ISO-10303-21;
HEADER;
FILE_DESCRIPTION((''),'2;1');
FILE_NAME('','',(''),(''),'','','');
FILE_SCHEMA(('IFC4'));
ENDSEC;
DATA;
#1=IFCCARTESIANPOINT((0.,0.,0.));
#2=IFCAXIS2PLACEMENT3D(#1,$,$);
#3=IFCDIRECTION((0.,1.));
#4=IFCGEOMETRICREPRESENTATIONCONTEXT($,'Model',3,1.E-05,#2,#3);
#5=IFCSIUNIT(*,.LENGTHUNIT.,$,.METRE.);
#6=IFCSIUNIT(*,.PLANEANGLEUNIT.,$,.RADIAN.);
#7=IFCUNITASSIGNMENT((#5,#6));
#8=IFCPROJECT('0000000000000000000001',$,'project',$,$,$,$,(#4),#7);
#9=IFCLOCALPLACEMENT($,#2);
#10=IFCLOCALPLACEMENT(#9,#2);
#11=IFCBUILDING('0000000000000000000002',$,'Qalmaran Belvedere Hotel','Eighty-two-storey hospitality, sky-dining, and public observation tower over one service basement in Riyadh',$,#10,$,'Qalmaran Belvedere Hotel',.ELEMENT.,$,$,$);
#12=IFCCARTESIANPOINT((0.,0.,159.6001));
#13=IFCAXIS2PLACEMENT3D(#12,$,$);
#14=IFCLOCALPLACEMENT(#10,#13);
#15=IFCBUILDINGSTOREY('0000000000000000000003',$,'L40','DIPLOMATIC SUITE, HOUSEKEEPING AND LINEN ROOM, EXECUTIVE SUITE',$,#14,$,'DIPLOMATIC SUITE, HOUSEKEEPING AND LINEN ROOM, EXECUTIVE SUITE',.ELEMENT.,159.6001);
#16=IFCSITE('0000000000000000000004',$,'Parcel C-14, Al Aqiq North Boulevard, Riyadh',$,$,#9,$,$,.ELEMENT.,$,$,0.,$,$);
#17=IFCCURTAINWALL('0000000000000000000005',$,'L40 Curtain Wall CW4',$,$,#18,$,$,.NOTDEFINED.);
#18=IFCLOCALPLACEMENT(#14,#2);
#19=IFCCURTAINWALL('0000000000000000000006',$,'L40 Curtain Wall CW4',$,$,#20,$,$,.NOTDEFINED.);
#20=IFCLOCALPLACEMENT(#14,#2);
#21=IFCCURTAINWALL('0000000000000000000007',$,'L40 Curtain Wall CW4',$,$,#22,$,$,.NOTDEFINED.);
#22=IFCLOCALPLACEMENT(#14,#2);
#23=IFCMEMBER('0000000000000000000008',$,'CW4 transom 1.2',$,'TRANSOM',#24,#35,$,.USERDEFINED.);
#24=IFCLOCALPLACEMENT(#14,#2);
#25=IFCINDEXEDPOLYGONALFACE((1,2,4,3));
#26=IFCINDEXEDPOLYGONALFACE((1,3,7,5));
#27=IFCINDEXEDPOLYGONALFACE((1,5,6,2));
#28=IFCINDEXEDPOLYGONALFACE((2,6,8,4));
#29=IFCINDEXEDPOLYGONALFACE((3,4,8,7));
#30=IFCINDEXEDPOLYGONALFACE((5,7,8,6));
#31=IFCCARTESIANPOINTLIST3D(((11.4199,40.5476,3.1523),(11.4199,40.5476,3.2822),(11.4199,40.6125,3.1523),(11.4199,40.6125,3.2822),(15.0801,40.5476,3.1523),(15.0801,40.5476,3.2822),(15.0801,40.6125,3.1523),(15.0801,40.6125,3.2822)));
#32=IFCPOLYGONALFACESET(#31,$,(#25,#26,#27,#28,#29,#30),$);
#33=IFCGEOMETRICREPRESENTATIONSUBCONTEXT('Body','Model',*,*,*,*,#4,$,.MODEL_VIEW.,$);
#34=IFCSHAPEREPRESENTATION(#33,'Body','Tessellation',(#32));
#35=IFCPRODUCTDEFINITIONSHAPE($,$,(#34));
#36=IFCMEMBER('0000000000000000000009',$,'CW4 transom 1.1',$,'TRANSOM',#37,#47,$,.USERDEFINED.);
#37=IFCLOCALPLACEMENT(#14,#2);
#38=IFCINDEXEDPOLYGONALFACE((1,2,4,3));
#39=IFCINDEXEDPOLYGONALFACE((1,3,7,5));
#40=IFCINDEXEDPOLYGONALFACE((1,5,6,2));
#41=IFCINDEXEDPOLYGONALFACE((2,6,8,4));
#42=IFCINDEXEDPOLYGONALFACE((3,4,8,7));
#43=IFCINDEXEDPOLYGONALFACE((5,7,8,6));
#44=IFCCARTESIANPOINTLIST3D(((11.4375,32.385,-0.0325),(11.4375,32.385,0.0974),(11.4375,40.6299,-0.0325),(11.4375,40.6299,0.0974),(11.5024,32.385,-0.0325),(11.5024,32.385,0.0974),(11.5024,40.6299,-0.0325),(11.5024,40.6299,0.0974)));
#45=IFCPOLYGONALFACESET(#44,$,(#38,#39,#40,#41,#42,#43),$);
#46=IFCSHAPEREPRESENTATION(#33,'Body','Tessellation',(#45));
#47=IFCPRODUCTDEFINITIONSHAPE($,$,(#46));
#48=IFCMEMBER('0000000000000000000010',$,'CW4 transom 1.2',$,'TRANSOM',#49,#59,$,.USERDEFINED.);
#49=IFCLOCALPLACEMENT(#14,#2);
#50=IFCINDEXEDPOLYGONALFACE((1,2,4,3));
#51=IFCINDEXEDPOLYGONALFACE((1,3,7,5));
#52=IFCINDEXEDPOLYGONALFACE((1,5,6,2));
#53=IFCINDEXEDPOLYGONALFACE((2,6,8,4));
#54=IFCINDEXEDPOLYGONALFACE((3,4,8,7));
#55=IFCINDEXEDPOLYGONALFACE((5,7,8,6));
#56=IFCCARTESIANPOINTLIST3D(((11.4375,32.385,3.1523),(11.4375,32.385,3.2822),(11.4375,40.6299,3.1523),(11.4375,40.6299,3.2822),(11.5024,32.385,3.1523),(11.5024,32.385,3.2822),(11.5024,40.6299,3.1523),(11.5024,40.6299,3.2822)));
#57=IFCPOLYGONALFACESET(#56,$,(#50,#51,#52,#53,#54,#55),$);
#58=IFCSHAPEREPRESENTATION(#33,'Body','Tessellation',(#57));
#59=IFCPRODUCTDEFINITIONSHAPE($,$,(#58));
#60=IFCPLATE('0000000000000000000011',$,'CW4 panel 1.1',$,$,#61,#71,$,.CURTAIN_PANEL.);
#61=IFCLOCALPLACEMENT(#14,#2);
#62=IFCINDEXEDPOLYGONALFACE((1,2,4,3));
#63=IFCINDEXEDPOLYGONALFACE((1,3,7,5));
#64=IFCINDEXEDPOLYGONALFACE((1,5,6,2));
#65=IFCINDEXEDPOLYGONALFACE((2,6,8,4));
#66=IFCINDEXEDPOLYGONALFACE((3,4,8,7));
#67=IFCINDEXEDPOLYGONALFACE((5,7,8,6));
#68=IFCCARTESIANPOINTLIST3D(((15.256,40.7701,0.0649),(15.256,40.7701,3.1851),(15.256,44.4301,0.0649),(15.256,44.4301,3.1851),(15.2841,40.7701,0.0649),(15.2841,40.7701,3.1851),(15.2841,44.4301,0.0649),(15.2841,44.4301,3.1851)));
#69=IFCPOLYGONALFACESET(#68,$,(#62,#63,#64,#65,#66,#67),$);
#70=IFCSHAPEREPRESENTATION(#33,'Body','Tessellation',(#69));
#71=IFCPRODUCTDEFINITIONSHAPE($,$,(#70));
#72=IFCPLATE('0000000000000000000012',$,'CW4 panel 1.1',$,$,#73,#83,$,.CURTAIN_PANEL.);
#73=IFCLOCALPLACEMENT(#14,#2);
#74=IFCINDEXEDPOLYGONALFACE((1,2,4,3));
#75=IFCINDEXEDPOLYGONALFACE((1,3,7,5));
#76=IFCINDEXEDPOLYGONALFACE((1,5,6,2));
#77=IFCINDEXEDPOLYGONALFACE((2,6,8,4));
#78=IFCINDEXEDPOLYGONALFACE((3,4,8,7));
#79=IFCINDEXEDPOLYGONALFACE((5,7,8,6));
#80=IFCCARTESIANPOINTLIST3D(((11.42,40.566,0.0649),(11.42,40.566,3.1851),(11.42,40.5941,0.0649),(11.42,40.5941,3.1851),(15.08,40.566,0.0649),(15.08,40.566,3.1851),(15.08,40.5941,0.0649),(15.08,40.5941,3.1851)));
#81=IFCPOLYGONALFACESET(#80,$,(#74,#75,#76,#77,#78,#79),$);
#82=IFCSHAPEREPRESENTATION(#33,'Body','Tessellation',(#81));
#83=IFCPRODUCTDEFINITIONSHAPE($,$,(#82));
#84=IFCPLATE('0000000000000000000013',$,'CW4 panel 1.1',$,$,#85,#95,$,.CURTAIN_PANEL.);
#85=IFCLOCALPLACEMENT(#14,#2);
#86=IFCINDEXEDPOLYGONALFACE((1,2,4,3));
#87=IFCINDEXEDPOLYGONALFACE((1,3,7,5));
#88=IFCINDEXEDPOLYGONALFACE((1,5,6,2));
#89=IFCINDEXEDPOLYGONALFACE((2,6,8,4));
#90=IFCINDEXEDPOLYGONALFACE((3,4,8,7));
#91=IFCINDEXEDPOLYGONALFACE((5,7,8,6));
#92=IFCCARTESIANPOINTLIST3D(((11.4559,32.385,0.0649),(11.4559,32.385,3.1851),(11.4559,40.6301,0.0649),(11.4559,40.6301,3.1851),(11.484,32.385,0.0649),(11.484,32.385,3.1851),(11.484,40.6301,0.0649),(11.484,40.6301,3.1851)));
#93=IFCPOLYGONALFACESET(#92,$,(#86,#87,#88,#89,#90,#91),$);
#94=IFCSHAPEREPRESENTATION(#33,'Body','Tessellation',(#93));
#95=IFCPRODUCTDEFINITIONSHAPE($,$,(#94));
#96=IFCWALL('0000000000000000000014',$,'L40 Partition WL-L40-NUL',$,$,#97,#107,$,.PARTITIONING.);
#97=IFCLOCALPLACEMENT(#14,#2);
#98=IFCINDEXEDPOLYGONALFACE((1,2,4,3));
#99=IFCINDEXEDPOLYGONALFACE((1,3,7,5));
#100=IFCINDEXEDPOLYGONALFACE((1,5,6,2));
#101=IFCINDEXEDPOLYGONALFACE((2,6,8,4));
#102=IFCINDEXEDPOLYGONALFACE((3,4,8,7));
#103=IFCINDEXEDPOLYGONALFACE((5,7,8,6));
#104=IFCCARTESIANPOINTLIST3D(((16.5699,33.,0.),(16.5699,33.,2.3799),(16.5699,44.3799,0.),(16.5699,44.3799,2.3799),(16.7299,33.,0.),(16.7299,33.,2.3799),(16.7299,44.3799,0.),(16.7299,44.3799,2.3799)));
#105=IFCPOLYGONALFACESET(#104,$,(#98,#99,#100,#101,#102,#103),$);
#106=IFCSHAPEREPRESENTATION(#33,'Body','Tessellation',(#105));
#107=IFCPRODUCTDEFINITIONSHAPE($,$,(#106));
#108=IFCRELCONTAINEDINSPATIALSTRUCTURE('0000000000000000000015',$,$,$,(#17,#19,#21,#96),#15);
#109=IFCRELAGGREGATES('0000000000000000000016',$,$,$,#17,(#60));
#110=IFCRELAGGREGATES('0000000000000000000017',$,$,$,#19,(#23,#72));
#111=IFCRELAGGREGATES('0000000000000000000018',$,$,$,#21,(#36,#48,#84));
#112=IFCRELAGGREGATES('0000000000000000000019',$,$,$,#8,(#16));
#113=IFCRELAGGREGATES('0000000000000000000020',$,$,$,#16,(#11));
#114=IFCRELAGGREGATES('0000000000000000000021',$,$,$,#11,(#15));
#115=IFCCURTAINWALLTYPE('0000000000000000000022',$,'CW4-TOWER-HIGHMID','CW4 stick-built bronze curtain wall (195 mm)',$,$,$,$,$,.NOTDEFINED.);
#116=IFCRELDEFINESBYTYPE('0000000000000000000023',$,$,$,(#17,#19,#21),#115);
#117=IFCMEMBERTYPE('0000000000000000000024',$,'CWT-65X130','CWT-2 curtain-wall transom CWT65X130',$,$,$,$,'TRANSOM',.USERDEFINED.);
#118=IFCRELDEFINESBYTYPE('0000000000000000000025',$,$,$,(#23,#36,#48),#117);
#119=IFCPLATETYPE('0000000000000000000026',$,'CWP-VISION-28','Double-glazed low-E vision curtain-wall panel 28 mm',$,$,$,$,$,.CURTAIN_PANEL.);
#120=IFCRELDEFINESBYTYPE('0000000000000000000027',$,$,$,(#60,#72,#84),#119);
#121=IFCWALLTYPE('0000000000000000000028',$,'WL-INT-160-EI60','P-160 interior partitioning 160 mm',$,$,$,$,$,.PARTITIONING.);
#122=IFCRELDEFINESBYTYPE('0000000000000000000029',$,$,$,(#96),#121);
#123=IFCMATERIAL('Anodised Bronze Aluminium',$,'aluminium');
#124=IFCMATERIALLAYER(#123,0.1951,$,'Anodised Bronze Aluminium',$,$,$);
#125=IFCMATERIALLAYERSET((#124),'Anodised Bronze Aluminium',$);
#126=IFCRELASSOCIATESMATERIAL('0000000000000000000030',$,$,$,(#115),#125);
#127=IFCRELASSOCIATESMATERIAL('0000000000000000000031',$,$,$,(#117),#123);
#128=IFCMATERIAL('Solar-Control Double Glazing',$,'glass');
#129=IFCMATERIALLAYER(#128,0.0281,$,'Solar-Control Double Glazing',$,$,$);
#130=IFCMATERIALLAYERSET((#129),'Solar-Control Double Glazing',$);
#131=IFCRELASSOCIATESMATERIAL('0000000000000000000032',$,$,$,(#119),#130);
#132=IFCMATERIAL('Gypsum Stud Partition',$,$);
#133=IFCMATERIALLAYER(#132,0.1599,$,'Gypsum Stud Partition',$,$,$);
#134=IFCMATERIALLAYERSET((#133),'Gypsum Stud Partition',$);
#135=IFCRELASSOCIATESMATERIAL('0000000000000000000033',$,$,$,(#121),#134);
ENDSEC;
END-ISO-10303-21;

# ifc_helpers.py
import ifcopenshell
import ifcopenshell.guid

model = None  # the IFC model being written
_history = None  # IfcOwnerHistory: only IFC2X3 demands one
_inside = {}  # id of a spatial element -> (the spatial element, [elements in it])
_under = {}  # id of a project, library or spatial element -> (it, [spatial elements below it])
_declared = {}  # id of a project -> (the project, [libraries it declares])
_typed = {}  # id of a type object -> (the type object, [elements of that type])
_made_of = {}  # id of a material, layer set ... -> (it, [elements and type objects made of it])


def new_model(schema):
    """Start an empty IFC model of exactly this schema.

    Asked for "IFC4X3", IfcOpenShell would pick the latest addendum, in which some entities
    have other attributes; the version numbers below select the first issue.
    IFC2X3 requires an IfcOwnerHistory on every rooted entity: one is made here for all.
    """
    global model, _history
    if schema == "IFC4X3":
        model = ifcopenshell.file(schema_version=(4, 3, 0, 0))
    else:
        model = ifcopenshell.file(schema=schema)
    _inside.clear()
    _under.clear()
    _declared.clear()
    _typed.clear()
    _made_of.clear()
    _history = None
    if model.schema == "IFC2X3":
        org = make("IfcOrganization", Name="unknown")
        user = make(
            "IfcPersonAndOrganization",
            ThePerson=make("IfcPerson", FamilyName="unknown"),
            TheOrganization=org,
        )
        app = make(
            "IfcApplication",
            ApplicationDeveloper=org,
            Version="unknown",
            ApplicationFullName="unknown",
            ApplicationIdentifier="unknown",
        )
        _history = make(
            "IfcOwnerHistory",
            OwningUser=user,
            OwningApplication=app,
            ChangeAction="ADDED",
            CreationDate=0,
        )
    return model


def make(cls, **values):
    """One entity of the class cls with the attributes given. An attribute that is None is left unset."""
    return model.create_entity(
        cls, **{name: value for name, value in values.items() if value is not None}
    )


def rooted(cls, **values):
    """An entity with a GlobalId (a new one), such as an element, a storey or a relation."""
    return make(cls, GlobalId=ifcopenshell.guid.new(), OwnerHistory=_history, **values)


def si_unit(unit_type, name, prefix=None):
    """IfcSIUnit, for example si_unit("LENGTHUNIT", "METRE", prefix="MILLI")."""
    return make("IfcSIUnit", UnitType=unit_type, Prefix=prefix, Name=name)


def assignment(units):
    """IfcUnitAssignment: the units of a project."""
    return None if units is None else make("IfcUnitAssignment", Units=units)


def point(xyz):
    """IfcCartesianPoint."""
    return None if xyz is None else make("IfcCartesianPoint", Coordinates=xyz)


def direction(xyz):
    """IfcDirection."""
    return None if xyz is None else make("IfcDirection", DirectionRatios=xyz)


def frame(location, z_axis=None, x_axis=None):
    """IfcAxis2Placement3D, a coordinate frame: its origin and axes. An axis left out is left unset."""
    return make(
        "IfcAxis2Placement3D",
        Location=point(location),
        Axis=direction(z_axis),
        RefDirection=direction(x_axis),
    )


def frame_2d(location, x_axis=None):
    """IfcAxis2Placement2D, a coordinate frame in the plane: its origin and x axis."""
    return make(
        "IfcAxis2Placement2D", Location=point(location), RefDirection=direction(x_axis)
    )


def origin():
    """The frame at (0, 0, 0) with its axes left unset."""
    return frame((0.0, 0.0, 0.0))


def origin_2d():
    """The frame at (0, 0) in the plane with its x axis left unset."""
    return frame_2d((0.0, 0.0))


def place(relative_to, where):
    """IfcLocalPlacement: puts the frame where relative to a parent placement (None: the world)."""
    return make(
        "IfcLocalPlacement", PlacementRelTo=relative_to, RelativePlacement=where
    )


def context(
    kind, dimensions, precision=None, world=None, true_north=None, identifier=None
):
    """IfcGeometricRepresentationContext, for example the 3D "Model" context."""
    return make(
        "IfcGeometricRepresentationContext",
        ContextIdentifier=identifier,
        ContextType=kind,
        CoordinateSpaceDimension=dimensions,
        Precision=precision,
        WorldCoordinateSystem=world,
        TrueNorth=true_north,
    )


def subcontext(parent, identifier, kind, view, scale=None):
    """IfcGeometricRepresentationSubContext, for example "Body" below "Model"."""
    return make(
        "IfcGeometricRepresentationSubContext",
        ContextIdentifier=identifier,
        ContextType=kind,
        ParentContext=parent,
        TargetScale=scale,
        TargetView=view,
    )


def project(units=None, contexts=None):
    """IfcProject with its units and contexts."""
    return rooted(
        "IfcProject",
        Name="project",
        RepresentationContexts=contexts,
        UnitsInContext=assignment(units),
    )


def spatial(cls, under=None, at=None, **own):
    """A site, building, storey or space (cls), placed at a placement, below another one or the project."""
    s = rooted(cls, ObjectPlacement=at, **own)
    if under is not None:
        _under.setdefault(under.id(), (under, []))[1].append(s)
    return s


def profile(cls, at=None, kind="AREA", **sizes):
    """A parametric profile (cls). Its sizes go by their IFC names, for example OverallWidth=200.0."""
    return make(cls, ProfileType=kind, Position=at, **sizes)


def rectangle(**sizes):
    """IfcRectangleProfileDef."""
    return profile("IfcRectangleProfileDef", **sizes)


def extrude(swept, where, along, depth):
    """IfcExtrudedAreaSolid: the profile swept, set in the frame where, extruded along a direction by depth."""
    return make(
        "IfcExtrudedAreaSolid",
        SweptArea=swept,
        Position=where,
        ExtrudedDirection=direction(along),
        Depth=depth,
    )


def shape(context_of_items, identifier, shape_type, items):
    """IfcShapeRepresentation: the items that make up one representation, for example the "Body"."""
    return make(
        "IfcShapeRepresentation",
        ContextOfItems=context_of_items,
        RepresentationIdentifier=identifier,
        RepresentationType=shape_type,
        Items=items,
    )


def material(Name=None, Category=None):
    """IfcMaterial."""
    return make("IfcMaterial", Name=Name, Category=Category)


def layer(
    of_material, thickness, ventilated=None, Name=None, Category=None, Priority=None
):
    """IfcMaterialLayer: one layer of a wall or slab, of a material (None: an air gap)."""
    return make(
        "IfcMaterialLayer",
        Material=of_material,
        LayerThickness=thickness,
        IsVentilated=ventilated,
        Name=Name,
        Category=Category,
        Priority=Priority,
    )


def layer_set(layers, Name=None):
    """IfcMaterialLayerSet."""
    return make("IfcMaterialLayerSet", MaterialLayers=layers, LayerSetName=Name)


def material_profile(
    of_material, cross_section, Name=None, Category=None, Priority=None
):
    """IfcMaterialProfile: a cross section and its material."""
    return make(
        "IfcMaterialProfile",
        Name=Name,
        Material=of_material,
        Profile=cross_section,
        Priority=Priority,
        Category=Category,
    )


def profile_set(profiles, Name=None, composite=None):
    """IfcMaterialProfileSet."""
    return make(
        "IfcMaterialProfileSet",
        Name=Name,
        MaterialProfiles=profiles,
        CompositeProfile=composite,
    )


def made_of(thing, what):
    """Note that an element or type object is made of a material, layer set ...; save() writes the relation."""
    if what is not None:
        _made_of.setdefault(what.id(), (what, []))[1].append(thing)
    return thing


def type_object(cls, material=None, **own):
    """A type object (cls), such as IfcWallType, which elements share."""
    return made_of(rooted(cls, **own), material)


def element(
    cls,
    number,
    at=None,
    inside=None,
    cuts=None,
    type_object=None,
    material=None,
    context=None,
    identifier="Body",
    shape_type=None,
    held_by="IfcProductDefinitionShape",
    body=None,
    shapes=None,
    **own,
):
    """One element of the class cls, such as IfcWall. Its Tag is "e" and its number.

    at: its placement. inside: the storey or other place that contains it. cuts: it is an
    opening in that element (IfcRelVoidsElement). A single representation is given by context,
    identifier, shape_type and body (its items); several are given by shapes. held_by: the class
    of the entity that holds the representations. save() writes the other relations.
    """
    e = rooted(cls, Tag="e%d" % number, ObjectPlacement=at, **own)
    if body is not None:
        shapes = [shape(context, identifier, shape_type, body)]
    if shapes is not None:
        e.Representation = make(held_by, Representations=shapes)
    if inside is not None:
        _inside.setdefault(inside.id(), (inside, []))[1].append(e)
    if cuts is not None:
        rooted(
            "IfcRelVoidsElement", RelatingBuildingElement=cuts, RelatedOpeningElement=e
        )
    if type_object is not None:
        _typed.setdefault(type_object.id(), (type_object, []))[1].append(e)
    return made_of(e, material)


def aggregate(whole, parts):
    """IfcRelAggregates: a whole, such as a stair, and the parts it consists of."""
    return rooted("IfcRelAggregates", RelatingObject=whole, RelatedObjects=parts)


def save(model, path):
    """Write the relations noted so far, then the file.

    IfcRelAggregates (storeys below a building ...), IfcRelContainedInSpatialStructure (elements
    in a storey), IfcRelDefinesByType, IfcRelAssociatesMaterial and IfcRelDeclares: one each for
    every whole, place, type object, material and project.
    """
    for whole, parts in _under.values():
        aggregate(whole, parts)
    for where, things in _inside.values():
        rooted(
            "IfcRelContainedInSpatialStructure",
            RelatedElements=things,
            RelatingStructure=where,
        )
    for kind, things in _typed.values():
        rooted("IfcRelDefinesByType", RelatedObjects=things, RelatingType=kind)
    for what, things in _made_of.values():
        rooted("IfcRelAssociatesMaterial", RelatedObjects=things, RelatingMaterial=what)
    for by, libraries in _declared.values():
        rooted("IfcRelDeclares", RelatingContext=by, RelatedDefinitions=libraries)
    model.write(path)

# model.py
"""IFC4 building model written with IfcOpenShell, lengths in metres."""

from ifc_helpers import new_model, si_unit, direction, frame, frame_2d, origin, origin_2d, place, context, subcontext, project, spatial, rectangle, extrude, material, layer, layer_set, material_profile, profile_set, type_object, element, aggregate, save


model = new_model("IFC4")

# Units and contexts
model_context = context("Model", 3, precision=1e-05, world=origin(), true_north=direction((0.0, 1.0)))
body_context = subcontext(model_context, "Body", "Model", "MODEL_VIEW")
ifc_project = project(units=[si_unit("LENGTHUNIT", "METRE"), si_unit("PLANEANGLEUNIT", "RADIAN")], contexts=[model_context])

# Site, building, storey
site_placement = place(None, origin())
site = spatial("IfcSite", under=ifc_project, at=site_placement, Name="Parcel C-14, Al Aqiq North Boulevard, Riyadh", CompositionType="ELEMENT", RefElevation=0.0)
building_placement = place(site_placement, origin())
building = spatial("IfcBuilding", under=site, at=building_placement, Name="Qalmaran Belvedere Hotel", Description="Eighty-two-storey hospitality, sky-dining, and public observation tower over one service basement in Riyadh", LongName="Qalmaran Belvedere Hotel", CompositionType="ELEMENT")
storey_placement = place(building_placement, frame((0.0, 0.0, 159.6001)))
storey = spatial("IfcBuildingStorey", under=building, at=storey_placement, Name="L40", Description="DIPLOMATIC SUITE, HOUSEKEEPING AND LINEN ROOM, EXECUTIVE SUITE", LongName="DIPLOMATIC SUITE, HOUSEKEEPING AND LINEN ROOM, EXECUTIVE SUITE", CompositionType="ELEMENT", Elevation=159.6001)

# Shared definitions
ifc_material_1 = material(Name="Anodised Bronze Aluminium", Category="aluminium")
ifc_layer_1 = layer(ifc_material_1, 0.1951, Name="Anodised Bronze Aluminium")
ifc_layer_set_1 = layer_set([ifc_layer_1], Name="Anodised Bronze Aluminium")
curtain_wall_type = type_object("IfcCurtainWallType", Name="CW4-TOWER-HIGHMID", Description="CW4 stick-built bronze curtain wall (195 mm)", PredefinedType="NOTDEFINED", material=ifc_layer_set_1)

# Curtain walls
curtain_wall_1_placement = place(storey_placement, origin())
curtain_wall_1 = element("IfcCurtainWall", 1, at=curtain_wall_1_placement, inside=storey, type_object=curtain_wall_type, Name="L40 Curtain Wall CW4", PredefinedType="NOTDEFINED")
curtain_wall_2_placement = place(storey_placement, origin())
curtain_wall_2 = element("IfcCurtainWall", 2, at=curtain_wall_2_placement, inside=storey, type_object=curtain_wall_type, Name="L40 Curtain Wall CW4", PredefinedType="NOTDEFINED")

# Curtain wall
curtain_wall_3_placement = place(storey_placement, origin())
curtain_wall_3 = element("IfcCurtainWall", 3, at=curtain_wall_3_placement, inside=storey, type_object=curtain_wall_type, Name="L40 Curtain Wall CW4", PredefinedType="NOTDEFINED")

# Members
ifc_material_profile_1 = material_profile(ifc_material_1, rectangle(XDim=0.0649, YDim=0.1299, at=origin_2d()), Name="CWT65X130")
ifc_profile_set_1 = profile_set([ifc_material_profile_1], Name="Anodised Bronze Aluminium")
member_type_1 = type_object("IfcMemberType", Name="CWT-65X130", Description="CWT-2 curtain-wall transom CWT65X130", ElementType="TRANSOM", PredefinedType="USERDEFINED", material=ifc_profile_set_1)
member_1_placement = place(storey_placement, frame((15.0801, 40.5801, 3.2173), z_axis=(-1.0, 0.0, 0.0), x_axis=(0.0, -1.0, 0.0)))
member_1 = element("IfcMember", 4, at=member_1_placement, type_object=member_type_1, Name="CW4 transom 1.2", ObjectType="TRANSOM", PredefinedType="USERDEFINED", context=body_context, shape_type="SweptSolid", body=[
    extrude(rectangle(XDim=0.0649, YDim=0.1299, at=origin_2d()), origin(), (0.0, 0.0, 1.0), 3.6602),
])
member_2_placement = place(storey_placement, frame((11.47, 40.6299, 0.0325), z_axis=(0.0, -1.0, 0.0), x_axis=(1.0, 0.0, 0.0)))
member_2 = element("IfcMember", 5, at=member_2_placement, type_object=member_type_1, Name="CW4 transom 1.1", ObjectType="TRANSOM", PredefinedType="USERDEFINED", context=body_context, shape_type="SweptSolid", body=[
    extrude(rectangle(XDim=0.0649, YDim=0.1299, at=origin_2d()), origin(), (0.0, 0.0, 1.0), 8.2449),
])
member_3_placement = place(storey_placement, frame((11.47, 40.6299, 3.2173), z_axis=(0.0, -1.0, 0.0), x_axis=(1.0, 0.0, 0.0)))
member_3 = element("IfcMember", 6, at=member_3_placement, type_object=member_type_1, Name="CW4 transom 1.2", ObjectType="TRANSOM", PredefinedType="USERDEFINED", context=body_context, shape_type="SweptSolid", body=[
    extrude(rectangle(XDim=0.0649, YDim=0.1299, at=origin_2d()), origin(), (0.0, 0.0, 1.0), 8.2449),
])

# Plates
ifc_material_2 = material(Name="Solar-Control Double Glazing", Category="glass")
ifc_layer_2 = layer(ifc_material_2, 0.0281, Name="Solar-Control Double Glazing")
ifc_layer_set_2 = layer_set([ifc_layer_2], Name="Solar-Control Double Glazing")
plate_type = type_object("IfcPlateType", Name="CWP-VISION-28", Description="Double-glazed low-E vision curtain-wall panel 28 mm", PredefinedType="CURTAIN_PANEL", material=ifc_layer_set_2)
plate_1_placement = place(storey_placement, frame((15.27, 42.6001, 0.0649), z_axis=(0.0, 0.0, 1.0), x_axis=(0.0, -1.0, 0.0)))
plate_1 = element("IfcPlate", 7, at=plate_1_placement, type_object=plate_type, Name="CW4 panel 1.1", PredefinedType="CURTAIN_PANEL", context=body_context, shape_type="SweptSolid", body=[
    extrude(rectangle(XDim=3.6599, YDim=0.0281, at=origin_2d()), origin(), (0.0, 0.0, 1.0), 3.1201),
])
aggregate(curtain_wall_1, [plate_1])
plate_2_placement = place(storey_placement, frame((13.25, 40.5801, 0.0649), z_axis=(0.0, 0.0, 1.0), x_axis=(-1.0, 0.0, 0.0)))
plate_2 = element("IfcPlate", 8, at=plate_2_placement, type_object=plate_type, Name="CW4 panel 1.1", PredefinedType="CURTAIN_PANEL", context=body_context, shape_type="SweptSolid", body=[
    extrude(rectangle(XDim=3.6599, YDim=0.0281, at=origin_2d()), origin(), (0.0, 0.0, 1.0), 3.1201),
])
aggregate(curtain_wall_2, [member_1, plate_2])
plate_3_placement = place(storey_placement, frame((11.47, 36.5076, 0.0649), z_axis=(0.0, 0.0, 1.0), x_axis=(0.0, -1.0, 0.0)))
plate_3 = element("IfcPlate", 9, at=plate_3_placement, type_object=plate_type, Name="CW4 panel 1.1", PredefinedType="CURTAIN_PANEL", context=body_context, shape_type="SweptSolid", body=[
    extrude(rectangle(XDim=8.2451, YDim=0.0281, at=origin_2d()), origin(), (0.0, 0.0, 1.0), 3.1201),
])
aggregate(curtain_wall_3, [member_2, member_3, plate_3])

# Wall
ifc_material_3 = material(Name="Gypsum Stud Partition")
ifc_layer_3 = layer(ifc_material_3, 0.1599, Name="Gypsum Stud Partition")
ifc_layer_set_3 = layer_set([ifc_layer_3], Name="Gypsum Stud Partition")
wall_type_1 = type_object("IfcWallType", Name="WL-INT-160-EI60", Description="P-160 interior partitioning 160 mm", PredefinedType="PARTITIONING", material=ifc_layer_set_3)
wall_1_placement = place(storey_placement, frame((16.6499, 33.0, 0.0), z_axis=(0.0, 0.0, 1.0), x_axis=(0.0, 1.0, 0.0)))
element("IfcWall", 10, at=wall_1_placement, inside=storey, type_object=wall_type_1, Name="L40 Partition WL-L40-NUL", PredefinedType="PARTITIONING", context=body_context, shape_type="SweptSolid", body=[
    extrude(rectangle(XDim=11.3799, YDim=0.1599, at=frame_2d((5.6899, 0.0))), origin(), (0.0, 0.0, 1.0), 2.3799),
])

save(model, "model.ifc")
